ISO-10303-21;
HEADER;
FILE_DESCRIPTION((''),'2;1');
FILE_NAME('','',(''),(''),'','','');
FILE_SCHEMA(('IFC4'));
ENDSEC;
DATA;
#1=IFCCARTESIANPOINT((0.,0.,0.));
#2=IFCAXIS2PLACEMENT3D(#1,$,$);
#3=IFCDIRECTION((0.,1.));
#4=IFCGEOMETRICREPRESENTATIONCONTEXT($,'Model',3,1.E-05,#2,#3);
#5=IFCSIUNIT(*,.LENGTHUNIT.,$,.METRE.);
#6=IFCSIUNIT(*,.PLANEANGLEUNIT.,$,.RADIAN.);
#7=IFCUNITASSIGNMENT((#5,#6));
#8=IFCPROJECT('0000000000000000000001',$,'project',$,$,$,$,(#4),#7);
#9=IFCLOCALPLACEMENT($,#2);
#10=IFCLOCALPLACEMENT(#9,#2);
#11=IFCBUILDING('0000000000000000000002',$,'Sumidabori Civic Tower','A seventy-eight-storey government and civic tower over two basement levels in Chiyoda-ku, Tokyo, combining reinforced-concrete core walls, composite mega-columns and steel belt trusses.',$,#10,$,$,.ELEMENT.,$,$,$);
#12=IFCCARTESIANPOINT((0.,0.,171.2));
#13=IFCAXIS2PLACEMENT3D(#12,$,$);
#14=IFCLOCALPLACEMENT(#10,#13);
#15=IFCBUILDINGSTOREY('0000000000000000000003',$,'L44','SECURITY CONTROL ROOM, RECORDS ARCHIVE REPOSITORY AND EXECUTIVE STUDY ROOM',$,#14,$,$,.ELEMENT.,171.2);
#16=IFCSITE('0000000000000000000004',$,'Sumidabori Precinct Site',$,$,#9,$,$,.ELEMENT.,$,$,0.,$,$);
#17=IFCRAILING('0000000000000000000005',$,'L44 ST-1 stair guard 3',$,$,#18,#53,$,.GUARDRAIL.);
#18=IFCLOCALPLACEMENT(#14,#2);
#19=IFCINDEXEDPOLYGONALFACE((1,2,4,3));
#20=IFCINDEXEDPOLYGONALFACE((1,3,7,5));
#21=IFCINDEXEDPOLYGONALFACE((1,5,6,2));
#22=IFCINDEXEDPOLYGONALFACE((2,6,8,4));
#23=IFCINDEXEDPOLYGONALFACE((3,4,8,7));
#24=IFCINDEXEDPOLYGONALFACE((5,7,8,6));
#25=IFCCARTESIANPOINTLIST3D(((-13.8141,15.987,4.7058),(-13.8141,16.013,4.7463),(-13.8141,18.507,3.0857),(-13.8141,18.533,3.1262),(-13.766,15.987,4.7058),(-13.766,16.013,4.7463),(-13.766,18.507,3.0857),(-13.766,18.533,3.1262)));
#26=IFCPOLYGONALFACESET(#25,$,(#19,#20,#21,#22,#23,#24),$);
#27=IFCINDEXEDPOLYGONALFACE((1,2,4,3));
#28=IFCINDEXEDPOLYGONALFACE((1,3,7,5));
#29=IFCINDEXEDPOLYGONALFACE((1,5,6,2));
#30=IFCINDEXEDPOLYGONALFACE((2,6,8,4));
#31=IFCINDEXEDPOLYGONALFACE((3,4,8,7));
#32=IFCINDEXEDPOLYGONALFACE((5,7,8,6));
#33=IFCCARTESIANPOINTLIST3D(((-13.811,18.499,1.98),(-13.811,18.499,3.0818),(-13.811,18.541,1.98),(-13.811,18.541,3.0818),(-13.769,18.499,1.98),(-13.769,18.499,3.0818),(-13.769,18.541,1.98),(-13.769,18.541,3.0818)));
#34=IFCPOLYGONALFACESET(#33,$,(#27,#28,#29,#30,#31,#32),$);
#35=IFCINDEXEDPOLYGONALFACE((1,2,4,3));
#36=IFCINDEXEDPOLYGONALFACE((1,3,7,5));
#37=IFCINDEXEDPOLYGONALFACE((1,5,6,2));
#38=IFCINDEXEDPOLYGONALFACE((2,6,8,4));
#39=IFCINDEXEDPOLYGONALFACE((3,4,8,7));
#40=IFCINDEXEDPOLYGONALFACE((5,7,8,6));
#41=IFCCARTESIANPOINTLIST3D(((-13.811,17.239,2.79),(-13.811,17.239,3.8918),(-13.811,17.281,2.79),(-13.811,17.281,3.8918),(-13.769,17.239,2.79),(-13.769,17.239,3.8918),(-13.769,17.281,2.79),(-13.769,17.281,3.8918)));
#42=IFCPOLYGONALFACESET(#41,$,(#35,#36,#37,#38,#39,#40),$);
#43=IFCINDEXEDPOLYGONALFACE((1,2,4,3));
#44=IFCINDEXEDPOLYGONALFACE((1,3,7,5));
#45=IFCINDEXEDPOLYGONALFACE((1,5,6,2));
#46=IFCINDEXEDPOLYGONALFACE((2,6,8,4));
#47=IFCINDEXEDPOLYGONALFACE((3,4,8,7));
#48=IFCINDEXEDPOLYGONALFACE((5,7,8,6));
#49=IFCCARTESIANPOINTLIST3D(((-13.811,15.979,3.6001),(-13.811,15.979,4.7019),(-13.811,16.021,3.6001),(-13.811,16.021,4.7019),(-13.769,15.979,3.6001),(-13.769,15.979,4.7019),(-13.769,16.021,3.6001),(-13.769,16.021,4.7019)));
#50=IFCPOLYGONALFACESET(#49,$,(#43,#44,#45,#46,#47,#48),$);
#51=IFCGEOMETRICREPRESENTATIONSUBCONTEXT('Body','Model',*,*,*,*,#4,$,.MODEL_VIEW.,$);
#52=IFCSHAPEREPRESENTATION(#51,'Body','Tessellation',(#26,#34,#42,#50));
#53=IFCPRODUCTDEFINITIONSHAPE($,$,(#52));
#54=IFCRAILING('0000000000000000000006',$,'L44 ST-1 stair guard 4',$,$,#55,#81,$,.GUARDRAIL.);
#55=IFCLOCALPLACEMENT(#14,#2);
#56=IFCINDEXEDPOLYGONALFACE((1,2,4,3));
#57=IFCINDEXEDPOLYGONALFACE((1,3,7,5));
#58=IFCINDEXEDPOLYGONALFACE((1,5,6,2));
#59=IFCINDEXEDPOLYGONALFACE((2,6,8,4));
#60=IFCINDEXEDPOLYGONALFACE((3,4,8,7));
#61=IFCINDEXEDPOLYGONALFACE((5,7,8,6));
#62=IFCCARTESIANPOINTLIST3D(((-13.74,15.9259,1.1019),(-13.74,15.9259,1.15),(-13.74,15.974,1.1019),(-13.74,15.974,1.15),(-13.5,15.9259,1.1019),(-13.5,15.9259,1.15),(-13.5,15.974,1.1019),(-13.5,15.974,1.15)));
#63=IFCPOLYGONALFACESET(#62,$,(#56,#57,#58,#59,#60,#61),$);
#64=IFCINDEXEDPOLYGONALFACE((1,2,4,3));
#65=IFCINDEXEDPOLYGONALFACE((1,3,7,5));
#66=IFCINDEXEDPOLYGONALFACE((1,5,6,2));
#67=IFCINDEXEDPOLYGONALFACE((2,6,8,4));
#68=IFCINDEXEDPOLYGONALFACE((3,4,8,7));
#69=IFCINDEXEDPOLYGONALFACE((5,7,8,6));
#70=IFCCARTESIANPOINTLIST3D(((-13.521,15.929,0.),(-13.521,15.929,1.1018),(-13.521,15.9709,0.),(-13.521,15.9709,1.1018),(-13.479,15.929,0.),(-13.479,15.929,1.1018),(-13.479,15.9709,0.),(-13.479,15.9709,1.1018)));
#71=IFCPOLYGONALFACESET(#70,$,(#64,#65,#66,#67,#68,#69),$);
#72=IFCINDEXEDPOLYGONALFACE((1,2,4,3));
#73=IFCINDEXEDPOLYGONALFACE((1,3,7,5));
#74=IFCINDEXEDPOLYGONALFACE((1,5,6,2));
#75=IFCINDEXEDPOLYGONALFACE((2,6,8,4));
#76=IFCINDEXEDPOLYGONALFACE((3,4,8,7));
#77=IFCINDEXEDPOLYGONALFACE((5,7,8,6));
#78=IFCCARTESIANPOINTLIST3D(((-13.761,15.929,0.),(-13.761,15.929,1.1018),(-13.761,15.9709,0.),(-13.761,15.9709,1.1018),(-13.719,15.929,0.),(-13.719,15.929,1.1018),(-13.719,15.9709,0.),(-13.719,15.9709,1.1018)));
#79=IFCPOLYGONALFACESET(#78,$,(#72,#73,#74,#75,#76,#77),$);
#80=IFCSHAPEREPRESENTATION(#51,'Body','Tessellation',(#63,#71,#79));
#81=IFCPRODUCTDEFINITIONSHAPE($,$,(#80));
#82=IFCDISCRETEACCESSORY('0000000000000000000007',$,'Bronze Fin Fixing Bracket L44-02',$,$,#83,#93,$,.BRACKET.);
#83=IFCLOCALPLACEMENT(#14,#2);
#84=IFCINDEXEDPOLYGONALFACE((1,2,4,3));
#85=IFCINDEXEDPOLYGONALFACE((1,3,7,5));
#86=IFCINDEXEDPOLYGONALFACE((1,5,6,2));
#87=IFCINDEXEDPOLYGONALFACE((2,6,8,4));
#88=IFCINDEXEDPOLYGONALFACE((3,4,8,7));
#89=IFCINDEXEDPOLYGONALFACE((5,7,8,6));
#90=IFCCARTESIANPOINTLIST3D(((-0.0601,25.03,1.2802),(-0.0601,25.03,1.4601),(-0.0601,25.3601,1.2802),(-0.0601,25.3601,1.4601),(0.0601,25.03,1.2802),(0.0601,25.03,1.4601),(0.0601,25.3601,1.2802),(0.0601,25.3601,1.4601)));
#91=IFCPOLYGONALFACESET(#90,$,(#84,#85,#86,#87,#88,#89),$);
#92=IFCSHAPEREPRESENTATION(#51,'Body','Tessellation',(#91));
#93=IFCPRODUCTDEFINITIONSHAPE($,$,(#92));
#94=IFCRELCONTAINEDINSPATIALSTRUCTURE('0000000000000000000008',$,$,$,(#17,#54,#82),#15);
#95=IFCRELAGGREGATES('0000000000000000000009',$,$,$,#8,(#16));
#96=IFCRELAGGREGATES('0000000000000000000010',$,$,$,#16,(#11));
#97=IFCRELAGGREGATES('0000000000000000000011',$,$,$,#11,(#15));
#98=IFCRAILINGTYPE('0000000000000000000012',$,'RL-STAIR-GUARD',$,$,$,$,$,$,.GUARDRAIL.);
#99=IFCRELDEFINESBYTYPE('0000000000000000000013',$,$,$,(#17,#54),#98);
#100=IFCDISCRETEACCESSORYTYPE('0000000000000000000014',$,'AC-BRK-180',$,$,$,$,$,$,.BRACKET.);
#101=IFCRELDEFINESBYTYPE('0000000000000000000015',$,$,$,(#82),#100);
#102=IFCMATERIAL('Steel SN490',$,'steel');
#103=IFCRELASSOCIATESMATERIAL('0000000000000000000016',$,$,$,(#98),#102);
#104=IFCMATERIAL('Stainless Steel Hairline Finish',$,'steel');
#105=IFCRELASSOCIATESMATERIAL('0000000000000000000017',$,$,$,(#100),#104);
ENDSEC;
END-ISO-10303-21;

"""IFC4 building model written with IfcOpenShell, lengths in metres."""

from ifc_helpers import new_model, si_unit, direction, frame, origin, origin_2d, place, context, subcontext, project, spatial, rectangle, extrude, source, transform, mapped, material, material_profile, profile_set, type_object, element, save


model = new_model("IFC4")

# Units and contexts
model_context = context("Model", 3, precision=1e-05, world=origin(), true_north=direction((0.0, 1.0)))
body_context = subcontext(model_context, "Body", "Model", "MODEL_VIEW")
ifc_project = project(units=[si_unit("LENGTHUNIT", "METRE"), si_unit("PLANEANGLEUNIT", "RADIAN")], contexts=[model_context])

# Site, building, storey
site_placement = place(None, origin())
site = spatial("IfcSite", under=ifc_project, at=site_placement, Name="Sumidabori Precinct Site", CompositionType="ELEMENT", RefElevation=0.0)
building_placement = place(site_placement, origin())
building = spatial("IfcBuilding", under=site, at=building_placement, Name="Sumidabori Civic Tower", Description="A seventy-eight-storey government and civic tower over two basement levels in Chiyoda-ku, Tokyo, combining reinforced-concrete core walls, composite mega-columns and steel belt trusses.", CompositionType="ELEMENT")
storey_placement = place(building_placement, frame((0.0, 0.0, 171.2)))
storey = spatial("IfcBuildingStorey", under=building, at=storey_placement, Name="L44", Description="SECURITY CONTROL ROOM, RECORDS ARCHIVE REPOSITORY AND EXECUTIVE STUDY ROOM", CompositionType="ELEMENT", Elevation=171.2)

# Shared definitions
ifc_material_1 = material(Name="Steel SN490", Category="steel")

# Railings
ifc_material_2 = material(Name="Stainless Steel Hairline Finish", Category="steel")
railing_type_1 = type_object("IfcRailingType", Name="RL-STAIR-GUARD", PredefinedType="GUARDRAIL", material=ifc_material_1)
railing_1_placement = place(storey_placement, frame((-13.79, 18.52, 1.98)))
element("IfcRailing", 1, at=railing_1_placement, inside=storey, type_object=railing_type_1, Name="L44 ST-1 stair guard 3", PredefinedType="GUARDRAIL", context=body_context, shape_type="SweptSolid", body=[
    extrude(rectangle(XDim=0.0481, YDim=0.0481, at=origin_2d()), frame((0.0, 0.0, 1.126), z_axis=(0.0, -0.841163, 0.540782), x_axis=(1.0, 0.0, 0.0)), (0.0, 0.0, 1.0), 2.9958),
    extrude(rectangle(XDim=0.042, YDim=0.042, at=origin_2d()), origin(), (0.0, 0.0, 1.0), 1.1018),
    extrude(rectangle(XDim=0.042, YDim=0.042, at=origin_2d()), frame((0.0, -1.26, 0.8101)), (0.0, 0.0, 1.0), 1.1018),
    extrude(rectangle(XDim=0.042, YDim=0.042, at=origin_2d()), frame((0.0, -2.52, 1.6201)), (0.0, 0.0, 1.0), 1.1018),
])
railing_2_placement = place(storey_placement, frame((-13.5, 15.95, 0.0)))
element("IfcRailing", 2, at=railing_2_placement, inside=storey, type_object=railing_type_1, Name="L44 ST-1 stair guard 4", PredefinedType="GUARDRAIL", context=body_context, shape_type="SweptSolid", body=[
    extrude(rectangle(XDim=0.0481, YDim=0.0481, at=origin_2d()), frame((0.0, 0.0, 1.126), z_axis=(-1.0, 0.0, 0.0), x_axis=(0.0, -1.0, 0.0)), (0.0, 0.0, 1.0), 0.24),
    extrude(rectangle(XDim=0.042, YDim=0.042, at=origin_2d()), origin(), (0.0, 0.0, 1.0), 1.1018),
    extrude(rectangle(XDim=0.042, YDim=0.042, at=origin_2d()), frame((-0.24, 0.0, 0.0)), (0.0, 0.0, 1.0), 1.1018),
])

# Discrete accessory
ifc_material_profile_1 = material_profile(ifc_material_2, rectangle(XDim=0.1201, YDim=0.1799, at=origin_2d()), Name="STEEL BRACKET 180x120")
ifc_profile_set_1 = profile_set([ifc_material_profile_1], Name="Stainless Steel Hairline Finish")
discrete_accessory_type = type_object("IfcDiscreteAccessoryType", Name="AC-BRK-180", PredefinedType="BRACKET", material=ifc_profile_set_1)
shared_shape_1 = source(origin(), body_context, "Body", "SweptSolid", [
    extrude(rectangle(XDim=0.1201, YDim=0.1799, at=origin_2d()), origin(), (0.0, 0.0, 1.0), 0.3301),
])
discrete_accessory_placement = place(storey_placement, frame((0.0, 25.03, 1.3701), z_axis=(0.0, 1.0, 0.0), x_axis=(-1.0, 0.0, 0.0)))
element("IfcDiscreteAccessory", 3, at=discrete_accessory_placement, inside=storey, type_object=discrete_accessory_type, Name="Bronze Fin Fixing Bracket L44-02", PredefinedType="BRACKET", context=body_context, shape_type="MappedRepresentation", body=[
    mapped(shared_shape_1, transform((0.0, 0.0, 0.0), x_axis=(1.0, 0.0, 0.0), y_axis=(0.0, 1.0, 0.0), z_axis=(0.0, 0.0, 1.0), scale=1.0)),
])

save(model, "model.ifc")
